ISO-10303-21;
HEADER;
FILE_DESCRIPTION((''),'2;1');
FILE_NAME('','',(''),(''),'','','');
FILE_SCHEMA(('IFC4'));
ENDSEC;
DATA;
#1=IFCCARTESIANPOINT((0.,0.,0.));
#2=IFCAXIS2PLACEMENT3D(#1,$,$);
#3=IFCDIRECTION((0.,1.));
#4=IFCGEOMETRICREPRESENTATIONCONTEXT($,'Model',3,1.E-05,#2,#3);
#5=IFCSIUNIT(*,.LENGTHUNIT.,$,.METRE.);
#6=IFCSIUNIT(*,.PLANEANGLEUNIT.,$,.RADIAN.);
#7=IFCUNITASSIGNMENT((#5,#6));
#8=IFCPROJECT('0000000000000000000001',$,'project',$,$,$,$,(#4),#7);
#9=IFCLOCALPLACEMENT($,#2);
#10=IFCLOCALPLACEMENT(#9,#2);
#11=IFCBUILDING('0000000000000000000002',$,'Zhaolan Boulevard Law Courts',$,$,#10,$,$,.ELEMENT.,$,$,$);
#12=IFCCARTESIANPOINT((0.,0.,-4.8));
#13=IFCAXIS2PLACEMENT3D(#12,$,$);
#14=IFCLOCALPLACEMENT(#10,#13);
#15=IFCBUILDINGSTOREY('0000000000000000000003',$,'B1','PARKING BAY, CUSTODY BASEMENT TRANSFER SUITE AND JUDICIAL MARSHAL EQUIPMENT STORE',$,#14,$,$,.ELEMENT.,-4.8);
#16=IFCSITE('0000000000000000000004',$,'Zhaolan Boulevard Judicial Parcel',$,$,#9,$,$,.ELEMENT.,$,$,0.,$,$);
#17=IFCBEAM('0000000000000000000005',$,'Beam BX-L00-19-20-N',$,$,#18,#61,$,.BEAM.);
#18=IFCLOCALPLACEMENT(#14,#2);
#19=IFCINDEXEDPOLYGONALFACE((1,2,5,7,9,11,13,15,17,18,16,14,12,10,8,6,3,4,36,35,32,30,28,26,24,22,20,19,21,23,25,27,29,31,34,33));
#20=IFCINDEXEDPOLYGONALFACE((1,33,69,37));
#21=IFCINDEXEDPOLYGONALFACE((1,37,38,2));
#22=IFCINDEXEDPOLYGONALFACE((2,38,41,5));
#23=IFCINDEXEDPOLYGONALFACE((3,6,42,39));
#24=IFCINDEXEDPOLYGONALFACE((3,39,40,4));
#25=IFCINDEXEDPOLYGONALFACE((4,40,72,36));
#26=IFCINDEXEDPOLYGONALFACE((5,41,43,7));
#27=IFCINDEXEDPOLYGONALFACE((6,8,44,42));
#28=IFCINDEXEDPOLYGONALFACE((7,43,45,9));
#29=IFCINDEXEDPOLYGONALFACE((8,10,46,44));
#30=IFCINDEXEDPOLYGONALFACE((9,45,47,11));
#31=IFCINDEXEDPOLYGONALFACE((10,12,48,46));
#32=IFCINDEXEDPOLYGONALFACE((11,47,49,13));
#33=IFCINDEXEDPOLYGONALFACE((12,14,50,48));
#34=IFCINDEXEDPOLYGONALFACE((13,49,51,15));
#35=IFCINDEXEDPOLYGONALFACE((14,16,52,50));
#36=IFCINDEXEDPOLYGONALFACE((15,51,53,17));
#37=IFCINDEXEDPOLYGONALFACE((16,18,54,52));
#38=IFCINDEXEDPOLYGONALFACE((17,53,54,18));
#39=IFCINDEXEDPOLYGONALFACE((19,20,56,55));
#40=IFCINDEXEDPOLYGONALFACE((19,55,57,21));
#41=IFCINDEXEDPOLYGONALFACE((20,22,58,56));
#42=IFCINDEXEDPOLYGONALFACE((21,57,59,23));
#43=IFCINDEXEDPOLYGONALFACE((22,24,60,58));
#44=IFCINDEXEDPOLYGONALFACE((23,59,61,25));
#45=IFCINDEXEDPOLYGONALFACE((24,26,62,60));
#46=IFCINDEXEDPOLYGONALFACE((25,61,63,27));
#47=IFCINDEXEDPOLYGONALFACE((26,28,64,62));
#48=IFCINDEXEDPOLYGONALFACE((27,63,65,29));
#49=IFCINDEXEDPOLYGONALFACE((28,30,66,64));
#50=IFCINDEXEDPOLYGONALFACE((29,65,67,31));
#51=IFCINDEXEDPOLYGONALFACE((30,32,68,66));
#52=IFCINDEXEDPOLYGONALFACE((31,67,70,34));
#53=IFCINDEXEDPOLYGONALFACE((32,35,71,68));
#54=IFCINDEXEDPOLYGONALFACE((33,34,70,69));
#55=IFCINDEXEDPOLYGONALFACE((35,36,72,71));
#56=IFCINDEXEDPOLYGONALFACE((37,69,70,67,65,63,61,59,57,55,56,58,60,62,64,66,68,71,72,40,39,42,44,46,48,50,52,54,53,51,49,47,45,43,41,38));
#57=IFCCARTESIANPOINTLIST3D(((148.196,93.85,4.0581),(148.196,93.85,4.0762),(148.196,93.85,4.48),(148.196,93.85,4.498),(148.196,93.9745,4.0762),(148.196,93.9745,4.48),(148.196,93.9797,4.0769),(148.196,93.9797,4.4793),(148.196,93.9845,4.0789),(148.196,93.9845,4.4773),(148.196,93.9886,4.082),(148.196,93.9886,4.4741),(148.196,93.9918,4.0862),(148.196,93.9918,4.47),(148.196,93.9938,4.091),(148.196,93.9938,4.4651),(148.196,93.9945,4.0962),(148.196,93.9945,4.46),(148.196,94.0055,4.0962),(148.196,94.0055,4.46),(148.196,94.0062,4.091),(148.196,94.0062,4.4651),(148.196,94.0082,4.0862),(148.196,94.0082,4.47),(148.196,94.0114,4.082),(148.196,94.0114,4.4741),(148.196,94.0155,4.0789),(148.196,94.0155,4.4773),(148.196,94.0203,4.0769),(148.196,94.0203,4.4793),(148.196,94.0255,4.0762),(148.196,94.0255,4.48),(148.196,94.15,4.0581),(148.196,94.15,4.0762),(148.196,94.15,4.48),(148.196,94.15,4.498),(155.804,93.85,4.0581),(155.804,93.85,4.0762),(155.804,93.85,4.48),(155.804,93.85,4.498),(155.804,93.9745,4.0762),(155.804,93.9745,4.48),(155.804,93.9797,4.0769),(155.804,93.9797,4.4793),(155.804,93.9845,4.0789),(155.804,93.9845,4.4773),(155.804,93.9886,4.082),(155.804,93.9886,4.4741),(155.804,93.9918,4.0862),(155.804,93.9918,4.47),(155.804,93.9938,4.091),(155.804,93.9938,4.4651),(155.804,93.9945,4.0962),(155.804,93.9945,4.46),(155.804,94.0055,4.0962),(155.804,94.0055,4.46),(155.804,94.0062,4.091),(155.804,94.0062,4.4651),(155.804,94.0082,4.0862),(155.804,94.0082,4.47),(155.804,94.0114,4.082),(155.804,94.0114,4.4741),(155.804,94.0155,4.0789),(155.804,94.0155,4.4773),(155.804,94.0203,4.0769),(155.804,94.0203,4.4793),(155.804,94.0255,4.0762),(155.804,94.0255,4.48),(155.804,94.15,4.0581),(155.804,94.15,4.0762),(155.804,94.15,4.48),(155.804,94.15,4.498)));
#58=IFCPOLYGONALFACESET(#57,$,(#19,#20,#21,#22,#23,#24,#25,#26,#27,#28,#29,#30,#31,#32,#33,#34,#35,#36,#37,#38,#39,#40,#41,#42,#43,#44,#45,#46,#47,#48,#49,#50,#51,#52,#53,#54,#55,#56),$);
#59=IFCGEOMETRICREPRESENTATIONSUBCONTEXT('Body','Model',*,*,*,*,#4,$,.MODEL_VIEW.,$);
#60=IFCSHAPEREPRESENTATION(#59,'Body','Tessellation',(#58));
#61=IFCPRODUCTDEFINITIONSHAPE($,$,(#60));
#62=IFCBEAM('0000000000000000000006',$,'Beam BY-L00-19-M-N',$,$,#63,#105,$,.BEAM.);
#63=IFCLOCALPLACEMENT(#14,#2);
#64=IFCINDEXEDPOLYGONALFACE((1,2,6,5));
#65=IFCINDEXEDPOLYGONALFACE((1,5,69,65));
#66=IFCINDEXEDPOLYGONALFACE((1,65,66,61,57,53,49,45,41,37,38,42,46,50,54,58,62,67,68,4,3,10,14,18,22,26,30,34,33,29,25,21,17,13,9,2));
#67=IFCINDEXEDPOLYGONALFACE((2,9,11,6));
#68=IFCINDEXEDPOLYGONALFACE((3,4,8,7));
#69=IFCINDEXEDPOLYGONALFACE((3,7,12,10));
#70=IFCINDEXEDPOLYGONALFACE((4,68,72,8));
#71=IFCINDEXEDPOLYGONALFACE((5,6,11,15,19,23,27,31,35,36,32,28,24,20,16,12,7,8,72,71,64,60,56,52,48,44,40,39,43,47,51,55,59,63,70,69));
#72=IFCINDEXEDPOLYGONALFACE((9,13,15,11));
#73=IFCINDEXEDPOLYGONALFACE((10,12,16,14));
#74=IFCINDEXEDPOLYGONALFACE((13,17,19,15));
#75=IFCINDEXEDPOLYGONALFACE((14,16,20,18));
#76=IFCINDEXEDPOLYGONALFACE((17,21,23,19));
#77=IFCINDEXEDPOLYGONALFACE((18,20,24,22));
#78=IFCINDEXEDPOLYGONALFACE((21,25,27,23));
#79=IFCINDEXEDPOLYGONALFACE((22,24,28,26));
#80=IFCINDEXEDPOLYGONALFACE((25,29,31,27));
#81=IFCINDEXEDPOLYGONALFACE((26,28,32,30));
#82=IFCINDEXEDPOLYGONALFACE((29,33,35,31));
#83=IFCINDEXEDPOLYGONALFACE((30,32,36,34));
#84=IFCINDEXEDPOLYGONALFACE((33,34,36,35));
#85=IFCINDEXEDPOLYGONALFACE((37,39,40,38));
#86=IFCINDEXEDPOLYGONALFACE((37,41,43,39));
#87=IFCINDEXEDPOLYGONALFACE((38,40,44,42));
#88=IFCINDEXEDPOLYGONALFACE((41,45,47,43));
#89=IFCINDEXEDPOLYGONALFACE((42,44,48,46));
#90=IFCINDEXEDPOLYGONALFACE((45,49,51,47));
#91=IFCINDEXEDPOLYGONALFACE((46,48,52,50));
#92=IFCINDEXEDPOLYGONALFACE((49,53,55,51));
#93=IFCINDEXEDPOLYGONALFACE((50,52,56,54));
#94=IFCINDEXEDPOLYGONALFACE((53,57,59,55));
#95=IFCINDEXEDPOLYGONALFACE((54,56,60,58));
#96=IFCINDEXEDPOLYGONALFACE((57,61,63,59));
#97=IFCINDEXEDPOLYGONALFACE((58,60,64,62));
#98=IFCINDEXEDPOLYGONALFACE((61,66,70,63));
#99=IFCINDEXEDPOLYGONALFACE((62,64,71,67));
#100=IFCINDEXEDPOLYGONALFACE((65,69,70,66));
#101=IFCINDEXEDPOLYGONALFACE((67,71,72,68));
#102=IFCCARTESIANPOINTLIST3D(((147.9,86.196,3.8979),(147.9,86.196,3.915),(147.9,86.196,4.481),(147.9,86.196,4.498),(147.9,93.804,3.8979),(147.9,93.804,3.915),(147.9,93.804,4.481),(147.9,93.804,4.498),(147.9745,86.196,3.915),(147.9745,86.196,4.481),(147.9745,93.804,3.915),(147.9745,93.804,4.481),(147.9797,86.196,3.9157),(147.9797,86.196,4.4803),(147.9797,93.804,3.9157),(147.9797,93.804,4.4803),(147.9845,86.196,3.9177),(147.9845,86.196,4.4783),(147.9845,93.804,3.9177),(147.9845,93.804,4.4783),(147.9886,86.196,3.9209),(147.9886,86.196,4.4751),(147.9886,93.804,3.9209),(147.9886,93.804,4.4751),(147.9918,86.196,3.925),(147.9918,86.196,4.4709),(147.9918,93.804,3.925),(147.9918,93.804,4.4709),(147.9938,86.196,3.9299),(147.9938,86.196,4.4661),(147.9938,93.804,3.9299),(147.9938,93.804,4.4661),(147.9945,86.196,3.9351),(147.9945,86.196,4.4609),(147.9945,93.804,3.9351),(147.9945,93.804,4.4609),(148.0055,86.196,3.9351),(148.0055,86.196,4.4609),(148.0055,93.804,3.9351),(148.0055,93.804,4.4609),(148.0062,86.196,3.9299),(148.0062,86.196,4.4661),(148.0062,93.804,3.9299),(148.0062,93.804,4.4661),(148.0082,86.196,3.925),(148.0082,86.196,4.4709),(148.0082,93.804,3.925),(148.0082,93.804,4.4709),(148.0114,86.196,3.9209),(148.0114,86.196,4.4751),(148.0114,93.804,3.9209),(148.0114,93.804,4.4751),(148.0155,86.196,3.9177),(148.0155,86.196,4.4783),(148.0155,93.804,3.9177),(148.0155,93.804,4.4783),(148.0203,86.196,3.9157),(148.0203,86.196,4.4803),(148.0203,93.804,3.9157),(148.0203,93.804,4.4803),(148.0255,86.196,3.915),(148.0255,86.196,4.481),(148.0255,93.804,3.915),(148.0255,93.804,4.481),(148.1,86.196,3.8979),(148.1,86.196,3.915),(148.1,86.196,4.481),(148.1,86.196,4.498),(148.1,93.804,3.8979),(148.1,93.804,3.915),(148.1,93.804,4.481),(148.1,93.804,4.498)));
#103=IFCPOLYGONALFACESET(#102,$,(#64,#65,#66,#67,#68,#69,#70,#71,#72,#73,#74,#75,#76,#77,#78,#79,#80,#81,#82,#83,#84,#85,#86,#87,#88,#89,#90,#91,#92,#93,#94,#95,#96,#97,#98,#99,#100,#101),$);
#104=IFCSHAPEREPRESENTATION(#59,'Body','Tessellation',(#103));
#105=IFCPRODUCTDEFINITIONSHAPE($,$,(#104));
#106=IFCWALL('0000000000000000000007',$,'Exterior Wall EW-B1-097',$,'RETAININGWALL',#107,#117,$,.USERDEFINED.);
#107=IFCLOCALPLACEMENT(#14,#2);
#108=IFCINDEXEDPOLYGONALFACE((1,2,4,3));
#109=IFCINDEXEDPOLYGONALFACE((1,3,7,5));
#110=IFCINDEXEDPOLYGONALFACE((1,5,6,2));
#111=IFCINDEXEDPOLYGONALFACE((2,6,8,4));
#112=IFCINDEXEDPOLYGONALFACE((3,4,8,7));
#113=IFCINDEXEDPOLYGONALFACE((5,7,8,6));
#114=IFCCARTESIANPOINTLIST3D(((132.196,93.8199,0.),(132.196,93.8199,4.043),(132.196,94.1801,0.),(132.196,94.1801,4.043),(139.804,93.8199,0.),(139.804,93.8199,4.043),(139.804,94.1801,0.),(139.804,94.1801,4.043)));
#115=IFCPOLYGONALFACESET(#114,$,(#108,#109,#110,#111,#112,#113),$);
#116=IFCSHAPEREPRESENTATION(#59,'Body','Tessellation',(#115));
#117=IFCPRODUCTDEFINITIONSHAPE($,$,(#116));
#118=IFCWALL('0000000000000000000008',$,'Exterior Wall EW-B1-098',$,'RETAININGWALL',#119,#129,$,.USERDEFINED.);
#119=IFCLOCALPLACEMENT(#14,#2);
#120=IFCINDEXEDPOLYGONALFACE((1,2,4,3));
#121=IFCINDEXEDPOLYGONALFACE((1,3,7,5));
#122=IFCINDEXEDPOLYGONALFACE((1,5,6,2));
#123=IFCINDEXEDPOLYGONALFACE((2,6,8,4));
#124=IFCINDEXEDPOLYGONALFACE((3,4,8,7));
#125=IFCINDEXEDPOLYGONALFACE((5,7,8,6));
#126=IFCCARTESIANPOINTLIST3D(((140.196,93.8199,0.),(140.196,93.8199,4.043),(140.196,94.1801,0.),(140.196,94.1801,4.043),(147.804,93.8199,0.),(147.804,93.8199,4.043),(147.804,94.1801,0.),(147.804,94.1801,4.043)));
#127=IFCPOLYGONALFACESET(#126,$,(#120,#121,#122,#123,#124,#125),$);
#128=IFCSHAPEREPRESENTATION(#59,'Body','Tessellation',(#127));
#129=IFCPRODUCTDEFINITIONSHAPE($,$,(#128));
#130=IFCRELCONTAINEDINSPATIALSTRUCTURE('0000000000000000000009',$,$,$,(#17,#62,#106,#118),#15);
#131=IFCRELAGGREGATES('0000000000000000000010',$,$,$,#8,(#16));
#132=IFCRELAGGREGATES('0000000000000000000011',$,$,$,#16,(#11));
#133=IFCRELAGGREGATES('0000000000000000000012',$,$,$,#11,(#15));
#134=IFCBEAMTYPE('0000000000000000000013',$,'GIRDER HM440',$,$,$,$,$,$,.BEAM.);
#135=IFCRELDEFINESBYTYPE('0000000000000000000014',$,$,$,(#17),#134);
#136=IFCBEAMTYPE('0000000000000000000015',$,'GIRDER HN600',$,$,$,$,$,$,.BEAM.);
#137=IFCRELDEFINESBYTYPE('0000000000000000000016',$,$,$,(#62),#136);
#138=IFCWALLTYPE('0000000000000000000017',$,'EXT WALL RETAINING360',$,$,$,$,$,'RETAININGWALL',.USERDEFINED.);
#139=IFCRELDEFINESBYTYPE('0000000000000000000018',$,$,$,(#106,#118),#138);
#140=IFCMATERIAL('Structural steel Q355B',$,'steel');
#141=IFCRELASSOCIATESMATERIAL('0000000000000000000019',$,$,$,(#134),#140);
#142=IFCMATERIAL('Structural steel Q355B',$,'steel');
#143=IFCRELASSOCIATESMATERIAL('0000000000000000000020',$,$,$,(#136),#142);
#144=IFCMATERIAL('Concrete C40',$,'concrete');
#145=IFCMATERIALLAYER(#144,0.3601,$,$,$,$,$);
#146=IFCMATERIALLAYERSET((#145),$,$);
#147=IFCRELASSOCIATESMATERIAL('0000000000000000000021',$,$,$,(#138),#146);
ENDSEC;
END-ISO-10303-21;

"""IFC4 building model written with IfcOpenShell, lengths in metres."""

from ifc_helpers import new_model, si_unit, direction, frame, frame_2d, origin, origin_2d, place, context, subcontext, project, spatial, rectangle, i_section, extrude, material, layer, layer_set, material_profile, profile_set, type_object, element, save


model = new_model("IFC4")

# Units and contexts
model_context = context("Model", 3, precision=1e-05, world=origin(), true_north=direction((0.0, 1.0)))
body_context = subcontext(model_context, "Body", "Model", "MODEL_VIEW")
ifc_project = project(units=[si_unit("LENGTHUNIT", "METRE"), si_unit("PLANEANGLEUNIT", "RADIAN")], contexts=[model_context])

# Site, building, storey
site_placement = place(None, origin())
site = spatial("IfcSite", under=ifc_project, at=site_placement, Name="Zhaolan Boulevard Judicial Parcel", CompositionType="ELEMENT", RefElevation=0.0)
building_placement = place(site_placement, origin())
building = spatial("IfcBuilding", under=site, at=building_placement, Name="Zhaolan Boulevard Law Courts", CompositionType="ELEMENT")
storey_placement = place(building_placement, frame((0.0, 0.0, -4.8)))
storey = spatial("IfcBuildingStorey", under=building, at=storey_placement, Name="B1", Description="PARKING BAY, CUSTODY BASEMENT TRANSFER SUITE AND JUDICIAL MARSHAL EQUIPMENT STORE", CompositionType="ELEMENT", Elevation=-4.8)

# Beams
ifc_material_1 = material(Name="Structural steel Q355B", Category="steel")
ifc_material_profile_1 = material_profile(ifc_material_1, i_section(OverallWidth=0.3, OverallDepth=0.4399, WebThickness=0.011, FlangeThickness=0.0181, FilletRadius=0.02, at=origin_2d()), Name="HM440x300")
ifc_profile_set_1 = profile_set([ifc_material_profile_1], Name="Structural steel Q355B")
beam_type_1 = type_object("IfcBeamType", Name="GIRDER HM440", PredefinedType="BEAM", material=ifc_profile_set_1)
for number, where, z_axis, x_axis, name in (
    (1, (148.196, 94.0, 4.2781), (1.0, 0.0, 0.0), (0.0, 1.0, 0.0), "Beam BX-L00-19-20-N"),
):
    element("IfcBeam", number, at=place(storey_placement, frame(where, z_axis=z_axis, x_axis=x_axis)), inside=storey, type_object=beam_type_1, Name=name, PredefinedType="BEAM", context=body_context, shape_type="SweptSolid", body=[
        extrude(i_section(OverallWidth=0.3, OverallDepth=0.4399, WebThickness=0.011, FlangeThickness=0.0181, FilletRadius=0.02, at=origin_2d()), origin(), (0.0, 0.0, 1.0), 7.6079),
    ])
ifc_material_2 = material(Name="Structural steel Q355B", Category="steel")
ifc_material_profile_2 = material_profile(ifc_material_2, i_section(OverallWidth=0.2, OverallDepth=0.6001, WebThickness=0.011, FlangeThickness=0.0171, FilletRadius=0.02, at=origin_2d()), Name="HN600x200")
ifc_profile_set_2 = profile_set([ifc_material_profile_2], Name="Structural steel Q355B")
beam_type_2 = type_object("IfcBeamType", Name="GIRDER HN600", PredefinedType="BEAM", material=ifc_profile_set_2)
beam_placement = place(storey_placement, frame((148.0, 86.196, 4.198), z_axis=(0.0, 1.0, 0.0), x_axis=(-1.0, 0.0, 0.0)))
element("IfcBeam", 2, at=beam_placement, inside=storey, type_object=beam_type_2, Name="Beam BY-L00-19-M-N", PredefinedType="BEAM", context=body_context, shape_type="SweptSolid", body=[
    extrude(i_section(OverallWidth=0.2, OverallDepth=0.6001, WebThickness=0.011, FlangeThickness=0.0171, FilletRadius=0.02, at=origin_2d()), origin(), (0.0, 0.0, 1.0), 7.6079),
])

# Walls
ifc_material_3 = material(Name="Concrete C40", Category="concrete")
ifc_layer = layer(ifc_material_3, 0.3601)
ifc_layer_set = layer_set([ifc_layer])
wall_type = type_object("IfcWallType", Name="EXT WALL RETAINING360", ElementType="RETAININGWALL", PredefinedType="USERDEFINED", material=ifc_layer_set)
for number, where, z_axis, x_axis, name in (
    (3, (139.804, 94.0, 0.0), (0.0, 0.0, 1.0), (-1.0, 0.0, 0.0), "Exterior Wall EW-B1-097"),
    (4, (147.804, 94.0, 0.0), (0.0, 0.0, 1.0), (-1.0, 0.0, 0.0), "Exterior Wall EW-B1-098"),
):
    element("IfcWall", number, at=place(storey_placement, frame(where, z_axis=z_axis, x_axis=x_axis)), inside=storey, type_object=wall_type, Name=name, ObjectType="RETAININGWALL", PredefinedType="USERDEFINED", context=body_context, shape_type="SweptSolid", body=[
        extrude(rectangle(XDim=7.6079, YDim=0.3601, at=frame_2d((3.804, 0.0))), origin(), (0.0, 0.0, 1.0), 4.043),
    ])

save(model, "model.ifc")
